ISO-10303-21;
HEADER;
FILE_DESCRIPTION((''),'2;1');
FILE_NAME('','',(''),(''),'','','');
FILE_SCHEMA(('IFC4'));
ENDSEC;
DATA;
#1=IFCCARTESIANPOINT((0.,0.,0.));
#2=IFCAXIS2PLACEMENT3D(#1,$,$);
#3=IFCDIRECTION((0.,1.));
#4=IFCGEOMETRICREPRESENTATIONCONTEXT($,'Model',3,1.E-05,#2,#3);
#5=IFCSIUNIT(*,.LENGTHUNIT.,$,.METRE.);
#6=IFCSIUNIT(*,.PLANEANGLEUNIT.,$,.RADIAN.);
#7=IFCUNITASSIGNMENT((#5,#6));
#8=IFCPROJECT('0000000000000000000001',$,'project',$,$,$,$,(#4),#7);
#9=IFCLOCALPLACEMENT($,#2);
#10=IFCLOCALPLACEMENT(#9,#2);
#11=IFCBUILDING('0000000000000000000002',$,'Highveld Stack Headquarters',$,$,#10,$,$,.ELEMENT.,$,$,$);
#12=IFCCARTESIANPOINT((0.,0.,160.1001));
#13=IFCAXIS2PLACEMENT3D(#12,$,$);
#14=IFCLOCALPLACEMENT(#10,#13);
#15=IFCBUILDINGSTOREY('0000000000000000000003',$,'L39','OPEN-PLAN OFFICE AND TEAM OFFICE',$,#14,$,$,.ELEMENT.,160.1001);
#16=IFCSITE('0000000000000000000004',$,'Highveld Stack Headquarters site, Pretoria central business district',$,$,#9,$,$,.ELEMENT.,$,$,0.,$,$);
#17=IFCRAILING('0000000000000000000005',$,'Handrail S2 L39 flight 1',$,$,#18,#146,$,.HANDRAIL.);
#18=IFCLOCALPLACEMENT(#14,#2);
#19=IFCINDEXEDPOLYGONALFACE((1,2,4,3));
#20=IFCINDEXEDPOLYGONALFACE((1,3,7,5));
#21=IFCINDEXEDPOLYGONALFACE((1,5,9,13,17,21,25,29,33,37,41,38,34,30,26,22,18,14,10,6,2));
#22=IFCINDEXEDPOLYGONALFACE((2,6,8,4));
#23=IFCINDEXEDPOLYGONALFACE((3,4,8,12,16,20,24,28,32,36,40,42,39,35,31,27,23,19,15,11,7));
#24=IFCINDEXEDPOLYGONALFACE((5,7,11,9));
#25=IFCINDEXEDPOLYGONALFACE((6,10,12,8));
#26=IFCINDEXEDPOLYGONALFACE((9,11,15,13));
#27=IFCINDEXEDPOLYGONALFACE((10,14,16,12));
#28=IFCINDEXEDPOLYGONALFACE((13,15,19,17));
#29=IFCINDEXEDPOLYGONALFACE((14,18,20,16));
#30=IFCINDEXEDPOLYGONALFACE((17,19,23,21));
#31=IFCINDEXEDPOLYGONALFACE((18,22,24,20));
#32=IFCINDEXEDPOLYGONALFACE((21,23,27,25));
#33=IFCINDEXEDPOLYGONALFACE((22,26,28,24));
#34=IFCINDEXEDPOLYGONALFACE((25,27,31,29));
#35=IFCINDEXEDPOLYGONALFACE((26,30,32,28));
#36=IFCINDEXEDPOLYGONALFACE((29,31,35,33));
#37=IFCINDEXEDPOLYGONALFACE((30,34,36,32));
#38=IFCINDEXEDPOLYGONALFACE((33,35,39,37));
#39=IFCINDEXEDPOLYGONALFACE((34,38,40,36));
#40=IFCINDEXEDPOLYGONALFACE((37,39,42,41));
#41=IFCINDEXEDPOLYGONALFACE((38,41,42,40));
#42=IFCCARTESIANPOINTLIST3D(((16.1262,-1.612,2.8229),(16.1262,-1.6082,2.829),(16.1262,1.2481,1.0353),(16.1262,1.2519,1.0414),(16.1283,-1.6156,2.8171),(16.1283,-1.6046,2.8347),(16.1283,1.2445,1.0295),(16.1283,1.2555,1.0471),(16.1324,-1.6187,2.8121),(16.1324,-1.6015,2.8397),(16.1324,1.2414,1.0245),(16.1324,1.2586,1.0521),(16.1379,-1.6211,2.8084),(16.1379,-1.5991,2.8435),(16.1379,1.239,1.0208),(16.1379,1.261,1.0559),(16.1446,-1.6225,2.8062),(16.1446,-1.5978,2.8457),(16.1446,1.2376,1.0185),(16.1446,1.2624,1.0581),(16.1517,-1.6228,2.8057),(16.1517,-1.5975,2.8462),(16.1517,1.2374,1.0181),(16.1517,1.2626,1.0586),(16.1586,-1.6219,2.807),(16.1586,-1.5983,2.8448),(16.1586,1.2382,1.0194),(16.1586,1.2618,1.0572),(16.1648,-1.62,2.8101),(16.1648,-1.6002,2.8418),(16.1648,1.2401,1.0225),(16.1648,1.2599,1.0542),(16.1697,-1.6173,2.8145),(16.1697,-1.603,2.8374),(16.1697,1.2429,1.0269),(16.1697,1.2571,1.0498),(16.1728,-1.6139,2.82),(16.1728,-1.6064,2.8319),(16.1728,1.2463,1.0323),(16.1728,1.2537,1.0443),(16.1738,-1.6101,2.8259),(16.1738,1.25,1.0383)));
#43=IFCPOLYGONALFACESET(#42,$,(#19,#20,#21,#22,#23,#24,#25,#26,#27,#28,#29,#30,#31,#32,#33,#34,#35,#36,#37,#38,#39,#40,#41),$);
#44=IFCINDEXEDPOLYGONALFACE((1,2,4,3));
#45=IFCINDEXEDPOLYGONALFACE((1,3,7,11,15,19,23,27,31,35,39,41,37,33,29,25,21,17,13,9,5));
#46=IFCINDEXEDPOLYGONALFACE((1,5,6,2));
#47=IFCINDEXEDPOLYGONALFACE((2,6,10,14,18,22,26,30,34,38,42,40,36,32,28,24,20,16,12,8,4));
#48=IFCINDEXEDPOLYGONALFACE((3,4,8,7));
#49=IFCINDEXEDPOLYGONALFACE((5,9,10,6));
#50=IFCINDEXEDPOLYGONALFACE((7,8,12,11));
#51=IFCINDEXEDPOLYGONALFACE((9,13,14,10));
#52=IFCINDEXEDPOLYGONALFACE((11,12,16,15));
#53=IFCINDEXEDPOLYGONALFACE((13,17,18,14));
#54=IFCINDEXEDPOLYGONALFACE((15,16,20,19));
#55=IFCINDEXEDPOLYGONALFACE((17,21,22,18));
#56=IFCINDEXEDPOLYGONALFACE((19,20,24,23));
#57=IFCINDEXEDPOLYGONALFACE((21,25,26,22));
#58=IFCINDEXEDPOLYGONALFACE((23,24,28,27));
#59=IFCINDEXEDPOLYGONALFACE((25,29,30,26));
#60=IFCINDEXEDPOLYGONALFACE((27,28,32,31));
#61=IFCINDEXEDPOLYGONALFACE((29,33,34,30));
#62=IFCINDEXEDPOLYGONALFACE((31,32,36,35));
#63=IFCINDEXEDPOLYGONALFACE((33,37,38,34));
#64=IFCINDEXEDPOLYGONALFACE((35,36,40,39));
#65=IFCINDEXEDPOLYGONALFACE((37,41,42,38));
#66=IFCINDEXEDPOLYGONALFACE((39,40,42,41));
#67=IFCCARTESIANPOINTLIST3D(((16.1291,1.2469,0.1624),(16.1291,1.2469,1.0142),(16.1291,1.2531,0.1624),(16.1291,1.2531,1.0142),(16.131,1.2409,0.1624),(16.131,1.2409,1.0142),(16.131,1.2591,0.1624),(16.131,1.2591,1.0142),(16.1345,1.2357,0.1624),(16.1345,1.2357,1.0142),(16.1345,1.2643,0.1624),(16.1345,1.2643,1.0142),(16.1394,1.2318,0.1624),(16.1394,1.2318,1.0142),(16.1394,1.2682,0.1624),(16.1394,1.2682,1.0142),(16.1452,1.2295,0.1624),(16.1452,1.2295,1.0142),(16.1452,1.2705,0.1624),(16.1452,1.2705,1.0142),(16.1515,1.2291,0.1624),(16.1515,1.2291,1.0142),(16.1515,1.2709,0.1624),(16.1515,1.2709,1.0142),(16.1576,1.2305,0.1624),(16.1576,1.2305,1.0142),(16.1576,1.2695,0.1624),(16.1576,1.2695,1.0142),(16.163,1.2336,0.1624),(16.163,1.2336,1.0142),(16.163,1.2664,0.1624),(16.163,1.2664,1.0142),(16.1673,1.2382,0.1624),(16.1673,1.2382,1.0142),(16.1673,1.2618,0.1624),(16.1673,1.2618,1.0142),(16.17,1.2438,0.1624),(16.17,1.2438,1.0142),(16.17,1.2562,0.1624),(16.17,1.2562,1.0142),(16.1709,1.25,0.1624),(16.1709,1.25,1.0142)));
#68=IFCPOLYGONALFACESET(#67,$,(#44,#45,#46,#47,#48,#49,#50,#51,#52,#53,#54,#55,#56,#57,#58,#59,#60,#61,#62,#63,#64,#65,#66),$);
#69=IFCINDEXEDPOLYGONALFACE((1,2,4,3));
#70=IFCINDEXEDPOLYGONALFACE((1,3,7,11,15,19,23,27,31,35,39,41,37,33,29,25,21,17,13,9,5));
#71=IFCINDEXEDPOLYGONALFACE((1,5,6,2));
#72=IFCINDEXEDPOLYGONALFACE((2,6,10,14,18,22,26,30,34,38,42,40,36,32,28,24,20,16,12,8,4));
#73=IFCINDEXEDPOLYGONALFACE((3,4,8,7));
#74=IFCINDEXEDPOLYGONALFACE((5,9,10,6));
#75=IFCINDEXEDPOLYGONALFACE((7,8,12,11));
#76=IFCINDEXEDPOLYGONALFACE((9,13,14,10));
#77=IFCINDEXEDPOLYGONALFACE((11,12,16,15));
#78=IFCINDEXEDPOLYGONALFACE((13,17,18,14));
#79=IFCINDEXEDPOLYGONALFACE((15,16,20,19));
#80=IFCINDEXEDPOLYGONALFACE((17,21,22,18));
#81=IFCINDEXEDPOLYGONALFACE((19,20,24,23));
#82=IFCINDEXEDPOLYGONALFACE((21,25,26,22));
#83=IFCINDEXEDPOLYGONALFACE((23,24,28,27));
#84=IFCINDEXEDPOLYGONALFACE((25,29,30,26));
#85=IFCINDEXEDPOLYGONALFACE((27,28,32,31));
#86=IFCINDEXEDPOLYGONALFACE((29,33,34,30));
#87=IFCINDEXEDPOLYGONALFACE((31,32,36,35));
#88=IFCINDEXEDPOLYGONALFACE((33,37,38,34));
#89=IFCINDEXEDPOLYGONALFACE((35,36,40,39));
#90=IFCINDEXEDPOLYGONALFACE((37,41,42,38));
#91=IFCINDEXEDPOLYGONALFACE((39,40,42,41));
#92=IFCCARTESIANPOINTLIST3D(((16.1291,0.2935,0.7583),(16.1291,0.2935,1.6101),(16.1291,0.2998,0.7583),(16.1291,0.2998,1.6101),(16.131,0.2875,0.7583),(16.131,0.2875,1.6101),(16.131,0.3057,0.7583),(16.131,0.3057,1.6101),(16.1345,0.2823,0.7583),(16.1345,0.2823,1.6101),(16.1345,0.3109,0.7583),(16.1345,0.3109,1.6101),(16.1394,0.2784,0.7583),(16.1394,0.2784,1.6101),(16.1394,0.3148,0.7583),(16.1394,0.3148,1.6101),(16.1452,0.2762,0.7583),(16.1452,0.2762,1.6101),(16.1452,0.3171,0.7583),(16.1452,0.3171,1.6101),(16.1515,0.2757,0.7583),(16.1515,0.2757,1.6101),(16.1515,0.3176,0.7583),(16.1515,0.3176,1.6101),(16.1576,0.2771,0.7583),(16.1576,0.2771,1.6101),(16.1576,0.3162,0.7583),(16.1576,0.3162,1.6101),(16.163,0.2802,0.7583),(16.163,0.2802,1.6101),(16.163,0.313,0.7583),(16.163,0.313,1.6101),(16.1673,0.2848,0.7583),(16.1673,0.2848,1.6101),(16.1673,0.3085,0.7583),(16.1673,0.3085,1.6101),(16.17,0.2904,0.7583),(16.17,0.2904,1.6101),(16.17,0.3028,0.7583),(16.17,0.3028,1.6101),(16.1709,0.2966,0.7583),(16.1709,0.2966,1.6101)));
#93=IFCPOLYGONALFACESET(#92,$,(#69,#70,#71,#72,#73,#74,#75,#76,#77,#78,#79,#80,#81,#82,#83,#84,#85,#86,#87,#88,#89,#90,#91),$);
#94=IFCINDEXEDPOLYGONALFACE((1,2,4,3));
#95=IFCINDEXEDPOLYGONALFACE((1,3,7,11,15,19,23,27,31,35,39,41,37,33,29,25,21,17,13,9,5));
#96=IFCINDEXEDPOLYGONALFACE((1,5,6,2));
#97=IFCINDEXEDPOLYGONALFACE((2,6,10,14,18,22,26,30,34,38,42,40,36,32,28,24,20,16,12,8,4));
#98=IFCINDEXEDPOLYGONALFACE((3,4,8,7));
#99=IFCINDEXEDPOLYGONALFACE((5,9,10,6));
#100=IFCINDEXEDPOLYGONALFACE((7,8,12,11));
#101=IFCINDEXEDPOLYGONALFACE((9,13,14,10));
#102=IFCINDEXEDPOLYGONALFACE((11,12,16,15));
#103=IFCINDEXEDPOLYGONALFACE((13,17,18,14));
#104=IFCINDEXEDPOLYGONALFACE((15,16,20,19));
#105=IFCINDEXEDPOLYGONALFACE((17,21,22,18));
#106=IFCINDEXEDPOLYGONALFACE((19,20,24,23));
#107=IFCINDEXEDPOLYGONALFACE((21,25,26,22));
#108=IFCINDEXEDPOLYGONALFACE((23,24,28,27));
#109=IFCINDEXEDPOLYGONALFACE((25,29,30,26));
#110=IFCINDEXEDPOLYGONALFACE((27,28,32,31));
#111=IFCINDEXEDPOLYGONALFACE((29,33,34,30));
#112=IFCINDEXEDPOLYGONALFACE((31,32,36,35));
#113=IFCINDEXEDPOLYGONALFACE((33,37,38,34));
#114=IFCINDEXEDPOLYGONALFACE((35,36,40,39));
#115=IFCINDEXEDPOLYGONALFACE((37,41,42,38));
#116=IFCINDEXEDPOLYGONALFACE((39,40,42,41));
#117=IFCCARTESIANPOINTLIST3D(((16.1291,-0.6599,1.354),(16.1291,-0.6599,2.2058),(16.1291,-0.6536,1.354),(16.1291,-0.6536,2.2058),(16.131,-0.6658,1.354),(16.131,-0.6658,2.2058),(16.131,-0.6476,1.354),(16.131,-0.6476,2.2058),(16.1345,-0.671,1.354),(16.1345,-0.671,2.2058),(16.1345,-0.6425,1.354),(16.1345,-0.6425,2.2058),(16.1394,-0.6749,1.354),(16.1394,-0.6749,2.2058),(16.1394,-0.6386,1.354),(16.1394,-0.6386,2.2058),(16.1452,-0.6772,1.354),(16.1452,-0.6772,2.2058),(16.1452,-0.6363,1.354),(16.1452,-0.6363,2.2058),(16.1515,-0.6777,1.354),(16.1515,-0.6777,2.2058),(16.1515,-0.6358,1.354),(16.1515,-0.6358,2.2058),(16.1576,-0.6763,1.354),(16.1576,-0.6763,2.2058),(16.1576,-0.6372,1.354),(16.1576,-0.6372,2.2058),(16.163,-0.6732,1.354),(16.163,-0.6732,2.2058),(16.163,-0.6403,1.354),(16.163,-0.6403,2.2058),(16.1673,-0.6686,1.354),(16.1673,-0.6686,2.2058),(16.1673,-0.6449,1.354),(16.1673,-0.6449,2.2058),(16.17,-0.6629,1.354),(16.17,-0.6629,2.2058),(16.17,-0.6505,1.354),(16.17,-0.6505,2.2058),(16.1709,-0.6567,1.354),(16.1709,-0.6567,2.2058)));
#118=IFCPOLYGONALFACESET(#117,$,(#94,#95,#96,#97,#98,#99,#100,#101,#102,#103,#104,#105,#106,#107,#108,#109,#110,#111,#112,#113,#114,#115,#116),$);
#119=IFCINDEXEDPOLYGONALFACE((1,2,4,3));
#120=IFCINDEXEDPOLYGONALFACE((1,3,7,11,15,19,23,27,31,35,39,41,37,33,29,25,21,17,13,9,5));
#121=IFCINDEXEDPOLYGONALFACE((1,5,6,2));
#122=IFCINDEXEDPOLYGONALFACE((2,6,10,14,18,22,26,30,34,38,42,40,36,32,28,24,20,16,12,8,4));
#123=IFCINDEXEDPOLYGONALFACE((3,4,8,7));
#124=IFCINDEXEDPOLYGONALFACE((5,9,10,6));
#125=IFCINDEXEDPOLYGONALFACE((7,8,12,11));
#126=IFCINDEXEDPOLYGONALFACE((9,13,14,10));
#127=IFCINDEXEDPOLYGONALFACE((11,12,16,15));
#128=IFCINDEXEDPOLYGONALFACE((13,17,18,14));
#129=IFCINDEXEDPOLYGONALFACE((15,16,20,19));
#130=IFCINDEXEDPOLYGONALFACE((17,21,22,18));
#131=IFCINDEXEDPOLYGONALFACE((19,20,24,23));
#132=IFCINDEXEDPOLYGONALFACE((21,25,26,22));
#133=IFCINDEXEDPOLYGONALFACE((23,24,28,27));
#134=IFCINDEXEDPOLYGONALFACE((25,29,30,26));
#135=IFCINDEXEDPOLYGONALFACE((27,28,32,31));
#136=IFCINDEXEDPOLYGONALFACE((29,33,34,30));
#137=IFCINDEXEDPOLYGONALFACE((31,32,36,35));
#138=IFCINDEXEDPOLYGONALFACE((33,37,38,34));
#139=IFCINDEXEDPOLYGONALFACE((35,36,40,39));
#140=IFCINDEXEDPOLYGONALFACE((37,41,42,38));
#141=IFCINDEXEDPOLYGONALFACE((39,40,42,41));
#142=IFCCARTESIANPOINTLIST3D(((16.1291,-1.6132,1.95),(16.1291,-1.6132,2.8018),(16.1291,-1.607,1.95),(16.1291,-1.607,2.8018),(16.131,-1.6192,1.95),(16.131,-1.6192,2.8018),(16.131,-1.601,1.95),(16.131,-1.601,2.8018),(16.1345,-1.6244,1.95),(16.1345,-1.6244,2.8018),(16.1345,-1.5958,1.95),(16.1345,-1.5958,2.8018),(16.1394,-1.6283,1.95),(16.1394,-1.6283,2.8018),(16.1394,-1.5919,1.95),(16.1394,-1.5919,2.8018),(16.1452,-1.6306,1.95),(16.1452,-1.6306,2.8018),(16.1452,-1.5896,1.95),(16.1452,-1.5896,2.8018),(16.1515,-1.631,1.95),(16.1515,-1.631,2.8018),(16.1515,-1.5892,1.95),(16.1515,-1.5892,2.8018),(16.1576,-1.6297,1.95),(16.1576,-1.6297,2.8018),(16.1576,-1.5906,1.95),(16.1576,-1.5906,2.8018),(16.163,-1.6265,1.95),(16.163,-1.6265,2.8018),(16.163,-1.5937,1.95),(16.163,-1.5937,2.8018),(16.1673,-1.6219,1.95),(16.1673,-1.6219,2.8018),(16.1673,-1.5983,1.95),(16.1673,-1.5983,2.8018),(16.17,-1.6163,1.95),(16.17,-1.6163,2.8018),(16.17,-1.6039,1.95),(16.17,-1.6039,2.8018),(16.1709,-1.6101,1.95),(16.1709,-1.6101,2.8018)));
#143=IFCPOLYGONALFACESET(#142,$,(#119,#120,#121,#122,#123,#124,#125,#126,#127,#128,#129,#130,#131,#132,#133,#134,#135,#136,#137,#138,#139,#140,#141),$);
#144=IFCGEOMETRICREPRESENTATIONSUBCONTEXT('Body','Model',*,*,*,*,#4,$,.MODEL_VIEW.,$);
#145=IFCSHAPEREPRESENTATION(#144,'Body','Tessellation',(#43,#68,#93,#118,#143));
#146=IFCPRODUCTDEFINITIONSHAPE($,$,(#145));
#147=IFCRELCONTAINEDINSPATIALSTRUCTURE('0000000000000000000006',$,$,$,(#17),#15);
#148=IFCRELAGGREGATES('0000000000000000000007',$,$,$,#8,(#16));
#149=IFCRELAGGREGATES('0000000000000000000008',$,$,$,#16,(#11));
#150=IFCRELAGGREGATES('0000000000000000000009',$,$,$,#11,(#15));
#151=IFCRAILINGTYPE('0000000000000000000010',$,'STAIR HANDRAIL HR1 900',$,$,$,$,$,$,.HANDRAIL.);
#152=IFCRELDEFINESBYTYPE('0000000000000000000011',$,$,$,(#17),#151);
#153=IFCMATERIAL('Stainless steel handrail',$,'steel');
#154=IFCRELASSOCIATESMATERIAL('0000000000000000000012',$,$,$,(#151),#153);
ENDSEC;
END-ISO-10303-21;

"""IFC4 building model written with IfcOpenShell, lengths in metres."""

from ifc_helpers import new_model, si_unit, direction, frame, origin, origin_2d, place, context, subcontext, project, spatial, circle, extrude, material, type_object, element, save


model = new_model("IFC4")

# Units and contexts
model_context = context("Model", 3, precision=1e-05, world=origin(), true_north=direction((0.0, 1.0)))
body_context = subcontext(model_context, "Body", "Model", "MODEL_VIEW")
ifc_project = project(units=[si_unit("LENGTHUNIT", "METRE"), si_unit("PLANEANGLEUNIT", "RADIAN")], contexts=[model_context])

# Site, building, storey
site_placement = place(None, origin())
site = spatial("IfcSite", under=ifc_project, at=site_placement, Name="Highveld Stack Headquarters site, Pretoria central business district", CompositionType="ELEMENT", RefElevation=0.0)
building_placement = place(site_placement, origin())
building = spatial("IfcBuilding", under=site, at=building_placement, Name="Highveld Stack Headquarters", CompositionType="ELEMENT")
storey_placement = place(building_placement, frame((0.0, 0.0, 160.1001)))
storey = spatial("IfcBuildingStorey", under=building, at=storey_placement, Name="L39", Description="OPEN-PLAN OFFICE AND TEAM OFFICE", CompositionType="ELEMENT", Elevation=160.1001)

# Railing
ifc_material_1 = material(Name="Stainless steel handrail", Category="steel")
railing_type = type_object("IfcRailingType", Name="STAIR HANDRAIL HR1 900", PredefinedType="HANDRAIL", material=ifc_material_1)
for number, where, name in (
    (1, (16.1499, 1.25, 0.1624), "Handrail S2 L39 flight 1"),
):
    element("IfcRailing", number, at=place(storey_placement, frame(where)), inside=storey, type_object=railing_type, Name=name, PredefinedType="HANDRAIL", context=body_context, shape_type="SweptSolid", body=[
        extrude(circle(Radius=0.0239, at=origin_2d()), frame((0.0, 0.0, 0.876), z_axis=(0.0, -0.847994, 0.530005), x_axis=(1.0, 0.0, 0.0)), (0.0, 0.0, 1.0), 3.3728),
        extrude(circle(Radius=0.021, at=origin_2d()), origin(), (0.0, 0.0, 1.0), 0.8518),
        extrude(circle(Radius=0.021, at=origin_2d()), frame((0.0, -0.9534, 0.5959)), (0.0, 0.0, 1.0), 0.8518),
        extrude(circle(Radius=0.021, at=origin_2d()), frame((0.0, -1.9067, 1.1917)), (0.0, 0.0, 1.0), 0.8518),
        extrude(circle(Radius=0.021, at=origin_2d()), frame((0.0, -2.8601, 1.7876)), (0.0, 0.0, 1.0), 0.8518),
    ])

save(model, "model.ifc")
